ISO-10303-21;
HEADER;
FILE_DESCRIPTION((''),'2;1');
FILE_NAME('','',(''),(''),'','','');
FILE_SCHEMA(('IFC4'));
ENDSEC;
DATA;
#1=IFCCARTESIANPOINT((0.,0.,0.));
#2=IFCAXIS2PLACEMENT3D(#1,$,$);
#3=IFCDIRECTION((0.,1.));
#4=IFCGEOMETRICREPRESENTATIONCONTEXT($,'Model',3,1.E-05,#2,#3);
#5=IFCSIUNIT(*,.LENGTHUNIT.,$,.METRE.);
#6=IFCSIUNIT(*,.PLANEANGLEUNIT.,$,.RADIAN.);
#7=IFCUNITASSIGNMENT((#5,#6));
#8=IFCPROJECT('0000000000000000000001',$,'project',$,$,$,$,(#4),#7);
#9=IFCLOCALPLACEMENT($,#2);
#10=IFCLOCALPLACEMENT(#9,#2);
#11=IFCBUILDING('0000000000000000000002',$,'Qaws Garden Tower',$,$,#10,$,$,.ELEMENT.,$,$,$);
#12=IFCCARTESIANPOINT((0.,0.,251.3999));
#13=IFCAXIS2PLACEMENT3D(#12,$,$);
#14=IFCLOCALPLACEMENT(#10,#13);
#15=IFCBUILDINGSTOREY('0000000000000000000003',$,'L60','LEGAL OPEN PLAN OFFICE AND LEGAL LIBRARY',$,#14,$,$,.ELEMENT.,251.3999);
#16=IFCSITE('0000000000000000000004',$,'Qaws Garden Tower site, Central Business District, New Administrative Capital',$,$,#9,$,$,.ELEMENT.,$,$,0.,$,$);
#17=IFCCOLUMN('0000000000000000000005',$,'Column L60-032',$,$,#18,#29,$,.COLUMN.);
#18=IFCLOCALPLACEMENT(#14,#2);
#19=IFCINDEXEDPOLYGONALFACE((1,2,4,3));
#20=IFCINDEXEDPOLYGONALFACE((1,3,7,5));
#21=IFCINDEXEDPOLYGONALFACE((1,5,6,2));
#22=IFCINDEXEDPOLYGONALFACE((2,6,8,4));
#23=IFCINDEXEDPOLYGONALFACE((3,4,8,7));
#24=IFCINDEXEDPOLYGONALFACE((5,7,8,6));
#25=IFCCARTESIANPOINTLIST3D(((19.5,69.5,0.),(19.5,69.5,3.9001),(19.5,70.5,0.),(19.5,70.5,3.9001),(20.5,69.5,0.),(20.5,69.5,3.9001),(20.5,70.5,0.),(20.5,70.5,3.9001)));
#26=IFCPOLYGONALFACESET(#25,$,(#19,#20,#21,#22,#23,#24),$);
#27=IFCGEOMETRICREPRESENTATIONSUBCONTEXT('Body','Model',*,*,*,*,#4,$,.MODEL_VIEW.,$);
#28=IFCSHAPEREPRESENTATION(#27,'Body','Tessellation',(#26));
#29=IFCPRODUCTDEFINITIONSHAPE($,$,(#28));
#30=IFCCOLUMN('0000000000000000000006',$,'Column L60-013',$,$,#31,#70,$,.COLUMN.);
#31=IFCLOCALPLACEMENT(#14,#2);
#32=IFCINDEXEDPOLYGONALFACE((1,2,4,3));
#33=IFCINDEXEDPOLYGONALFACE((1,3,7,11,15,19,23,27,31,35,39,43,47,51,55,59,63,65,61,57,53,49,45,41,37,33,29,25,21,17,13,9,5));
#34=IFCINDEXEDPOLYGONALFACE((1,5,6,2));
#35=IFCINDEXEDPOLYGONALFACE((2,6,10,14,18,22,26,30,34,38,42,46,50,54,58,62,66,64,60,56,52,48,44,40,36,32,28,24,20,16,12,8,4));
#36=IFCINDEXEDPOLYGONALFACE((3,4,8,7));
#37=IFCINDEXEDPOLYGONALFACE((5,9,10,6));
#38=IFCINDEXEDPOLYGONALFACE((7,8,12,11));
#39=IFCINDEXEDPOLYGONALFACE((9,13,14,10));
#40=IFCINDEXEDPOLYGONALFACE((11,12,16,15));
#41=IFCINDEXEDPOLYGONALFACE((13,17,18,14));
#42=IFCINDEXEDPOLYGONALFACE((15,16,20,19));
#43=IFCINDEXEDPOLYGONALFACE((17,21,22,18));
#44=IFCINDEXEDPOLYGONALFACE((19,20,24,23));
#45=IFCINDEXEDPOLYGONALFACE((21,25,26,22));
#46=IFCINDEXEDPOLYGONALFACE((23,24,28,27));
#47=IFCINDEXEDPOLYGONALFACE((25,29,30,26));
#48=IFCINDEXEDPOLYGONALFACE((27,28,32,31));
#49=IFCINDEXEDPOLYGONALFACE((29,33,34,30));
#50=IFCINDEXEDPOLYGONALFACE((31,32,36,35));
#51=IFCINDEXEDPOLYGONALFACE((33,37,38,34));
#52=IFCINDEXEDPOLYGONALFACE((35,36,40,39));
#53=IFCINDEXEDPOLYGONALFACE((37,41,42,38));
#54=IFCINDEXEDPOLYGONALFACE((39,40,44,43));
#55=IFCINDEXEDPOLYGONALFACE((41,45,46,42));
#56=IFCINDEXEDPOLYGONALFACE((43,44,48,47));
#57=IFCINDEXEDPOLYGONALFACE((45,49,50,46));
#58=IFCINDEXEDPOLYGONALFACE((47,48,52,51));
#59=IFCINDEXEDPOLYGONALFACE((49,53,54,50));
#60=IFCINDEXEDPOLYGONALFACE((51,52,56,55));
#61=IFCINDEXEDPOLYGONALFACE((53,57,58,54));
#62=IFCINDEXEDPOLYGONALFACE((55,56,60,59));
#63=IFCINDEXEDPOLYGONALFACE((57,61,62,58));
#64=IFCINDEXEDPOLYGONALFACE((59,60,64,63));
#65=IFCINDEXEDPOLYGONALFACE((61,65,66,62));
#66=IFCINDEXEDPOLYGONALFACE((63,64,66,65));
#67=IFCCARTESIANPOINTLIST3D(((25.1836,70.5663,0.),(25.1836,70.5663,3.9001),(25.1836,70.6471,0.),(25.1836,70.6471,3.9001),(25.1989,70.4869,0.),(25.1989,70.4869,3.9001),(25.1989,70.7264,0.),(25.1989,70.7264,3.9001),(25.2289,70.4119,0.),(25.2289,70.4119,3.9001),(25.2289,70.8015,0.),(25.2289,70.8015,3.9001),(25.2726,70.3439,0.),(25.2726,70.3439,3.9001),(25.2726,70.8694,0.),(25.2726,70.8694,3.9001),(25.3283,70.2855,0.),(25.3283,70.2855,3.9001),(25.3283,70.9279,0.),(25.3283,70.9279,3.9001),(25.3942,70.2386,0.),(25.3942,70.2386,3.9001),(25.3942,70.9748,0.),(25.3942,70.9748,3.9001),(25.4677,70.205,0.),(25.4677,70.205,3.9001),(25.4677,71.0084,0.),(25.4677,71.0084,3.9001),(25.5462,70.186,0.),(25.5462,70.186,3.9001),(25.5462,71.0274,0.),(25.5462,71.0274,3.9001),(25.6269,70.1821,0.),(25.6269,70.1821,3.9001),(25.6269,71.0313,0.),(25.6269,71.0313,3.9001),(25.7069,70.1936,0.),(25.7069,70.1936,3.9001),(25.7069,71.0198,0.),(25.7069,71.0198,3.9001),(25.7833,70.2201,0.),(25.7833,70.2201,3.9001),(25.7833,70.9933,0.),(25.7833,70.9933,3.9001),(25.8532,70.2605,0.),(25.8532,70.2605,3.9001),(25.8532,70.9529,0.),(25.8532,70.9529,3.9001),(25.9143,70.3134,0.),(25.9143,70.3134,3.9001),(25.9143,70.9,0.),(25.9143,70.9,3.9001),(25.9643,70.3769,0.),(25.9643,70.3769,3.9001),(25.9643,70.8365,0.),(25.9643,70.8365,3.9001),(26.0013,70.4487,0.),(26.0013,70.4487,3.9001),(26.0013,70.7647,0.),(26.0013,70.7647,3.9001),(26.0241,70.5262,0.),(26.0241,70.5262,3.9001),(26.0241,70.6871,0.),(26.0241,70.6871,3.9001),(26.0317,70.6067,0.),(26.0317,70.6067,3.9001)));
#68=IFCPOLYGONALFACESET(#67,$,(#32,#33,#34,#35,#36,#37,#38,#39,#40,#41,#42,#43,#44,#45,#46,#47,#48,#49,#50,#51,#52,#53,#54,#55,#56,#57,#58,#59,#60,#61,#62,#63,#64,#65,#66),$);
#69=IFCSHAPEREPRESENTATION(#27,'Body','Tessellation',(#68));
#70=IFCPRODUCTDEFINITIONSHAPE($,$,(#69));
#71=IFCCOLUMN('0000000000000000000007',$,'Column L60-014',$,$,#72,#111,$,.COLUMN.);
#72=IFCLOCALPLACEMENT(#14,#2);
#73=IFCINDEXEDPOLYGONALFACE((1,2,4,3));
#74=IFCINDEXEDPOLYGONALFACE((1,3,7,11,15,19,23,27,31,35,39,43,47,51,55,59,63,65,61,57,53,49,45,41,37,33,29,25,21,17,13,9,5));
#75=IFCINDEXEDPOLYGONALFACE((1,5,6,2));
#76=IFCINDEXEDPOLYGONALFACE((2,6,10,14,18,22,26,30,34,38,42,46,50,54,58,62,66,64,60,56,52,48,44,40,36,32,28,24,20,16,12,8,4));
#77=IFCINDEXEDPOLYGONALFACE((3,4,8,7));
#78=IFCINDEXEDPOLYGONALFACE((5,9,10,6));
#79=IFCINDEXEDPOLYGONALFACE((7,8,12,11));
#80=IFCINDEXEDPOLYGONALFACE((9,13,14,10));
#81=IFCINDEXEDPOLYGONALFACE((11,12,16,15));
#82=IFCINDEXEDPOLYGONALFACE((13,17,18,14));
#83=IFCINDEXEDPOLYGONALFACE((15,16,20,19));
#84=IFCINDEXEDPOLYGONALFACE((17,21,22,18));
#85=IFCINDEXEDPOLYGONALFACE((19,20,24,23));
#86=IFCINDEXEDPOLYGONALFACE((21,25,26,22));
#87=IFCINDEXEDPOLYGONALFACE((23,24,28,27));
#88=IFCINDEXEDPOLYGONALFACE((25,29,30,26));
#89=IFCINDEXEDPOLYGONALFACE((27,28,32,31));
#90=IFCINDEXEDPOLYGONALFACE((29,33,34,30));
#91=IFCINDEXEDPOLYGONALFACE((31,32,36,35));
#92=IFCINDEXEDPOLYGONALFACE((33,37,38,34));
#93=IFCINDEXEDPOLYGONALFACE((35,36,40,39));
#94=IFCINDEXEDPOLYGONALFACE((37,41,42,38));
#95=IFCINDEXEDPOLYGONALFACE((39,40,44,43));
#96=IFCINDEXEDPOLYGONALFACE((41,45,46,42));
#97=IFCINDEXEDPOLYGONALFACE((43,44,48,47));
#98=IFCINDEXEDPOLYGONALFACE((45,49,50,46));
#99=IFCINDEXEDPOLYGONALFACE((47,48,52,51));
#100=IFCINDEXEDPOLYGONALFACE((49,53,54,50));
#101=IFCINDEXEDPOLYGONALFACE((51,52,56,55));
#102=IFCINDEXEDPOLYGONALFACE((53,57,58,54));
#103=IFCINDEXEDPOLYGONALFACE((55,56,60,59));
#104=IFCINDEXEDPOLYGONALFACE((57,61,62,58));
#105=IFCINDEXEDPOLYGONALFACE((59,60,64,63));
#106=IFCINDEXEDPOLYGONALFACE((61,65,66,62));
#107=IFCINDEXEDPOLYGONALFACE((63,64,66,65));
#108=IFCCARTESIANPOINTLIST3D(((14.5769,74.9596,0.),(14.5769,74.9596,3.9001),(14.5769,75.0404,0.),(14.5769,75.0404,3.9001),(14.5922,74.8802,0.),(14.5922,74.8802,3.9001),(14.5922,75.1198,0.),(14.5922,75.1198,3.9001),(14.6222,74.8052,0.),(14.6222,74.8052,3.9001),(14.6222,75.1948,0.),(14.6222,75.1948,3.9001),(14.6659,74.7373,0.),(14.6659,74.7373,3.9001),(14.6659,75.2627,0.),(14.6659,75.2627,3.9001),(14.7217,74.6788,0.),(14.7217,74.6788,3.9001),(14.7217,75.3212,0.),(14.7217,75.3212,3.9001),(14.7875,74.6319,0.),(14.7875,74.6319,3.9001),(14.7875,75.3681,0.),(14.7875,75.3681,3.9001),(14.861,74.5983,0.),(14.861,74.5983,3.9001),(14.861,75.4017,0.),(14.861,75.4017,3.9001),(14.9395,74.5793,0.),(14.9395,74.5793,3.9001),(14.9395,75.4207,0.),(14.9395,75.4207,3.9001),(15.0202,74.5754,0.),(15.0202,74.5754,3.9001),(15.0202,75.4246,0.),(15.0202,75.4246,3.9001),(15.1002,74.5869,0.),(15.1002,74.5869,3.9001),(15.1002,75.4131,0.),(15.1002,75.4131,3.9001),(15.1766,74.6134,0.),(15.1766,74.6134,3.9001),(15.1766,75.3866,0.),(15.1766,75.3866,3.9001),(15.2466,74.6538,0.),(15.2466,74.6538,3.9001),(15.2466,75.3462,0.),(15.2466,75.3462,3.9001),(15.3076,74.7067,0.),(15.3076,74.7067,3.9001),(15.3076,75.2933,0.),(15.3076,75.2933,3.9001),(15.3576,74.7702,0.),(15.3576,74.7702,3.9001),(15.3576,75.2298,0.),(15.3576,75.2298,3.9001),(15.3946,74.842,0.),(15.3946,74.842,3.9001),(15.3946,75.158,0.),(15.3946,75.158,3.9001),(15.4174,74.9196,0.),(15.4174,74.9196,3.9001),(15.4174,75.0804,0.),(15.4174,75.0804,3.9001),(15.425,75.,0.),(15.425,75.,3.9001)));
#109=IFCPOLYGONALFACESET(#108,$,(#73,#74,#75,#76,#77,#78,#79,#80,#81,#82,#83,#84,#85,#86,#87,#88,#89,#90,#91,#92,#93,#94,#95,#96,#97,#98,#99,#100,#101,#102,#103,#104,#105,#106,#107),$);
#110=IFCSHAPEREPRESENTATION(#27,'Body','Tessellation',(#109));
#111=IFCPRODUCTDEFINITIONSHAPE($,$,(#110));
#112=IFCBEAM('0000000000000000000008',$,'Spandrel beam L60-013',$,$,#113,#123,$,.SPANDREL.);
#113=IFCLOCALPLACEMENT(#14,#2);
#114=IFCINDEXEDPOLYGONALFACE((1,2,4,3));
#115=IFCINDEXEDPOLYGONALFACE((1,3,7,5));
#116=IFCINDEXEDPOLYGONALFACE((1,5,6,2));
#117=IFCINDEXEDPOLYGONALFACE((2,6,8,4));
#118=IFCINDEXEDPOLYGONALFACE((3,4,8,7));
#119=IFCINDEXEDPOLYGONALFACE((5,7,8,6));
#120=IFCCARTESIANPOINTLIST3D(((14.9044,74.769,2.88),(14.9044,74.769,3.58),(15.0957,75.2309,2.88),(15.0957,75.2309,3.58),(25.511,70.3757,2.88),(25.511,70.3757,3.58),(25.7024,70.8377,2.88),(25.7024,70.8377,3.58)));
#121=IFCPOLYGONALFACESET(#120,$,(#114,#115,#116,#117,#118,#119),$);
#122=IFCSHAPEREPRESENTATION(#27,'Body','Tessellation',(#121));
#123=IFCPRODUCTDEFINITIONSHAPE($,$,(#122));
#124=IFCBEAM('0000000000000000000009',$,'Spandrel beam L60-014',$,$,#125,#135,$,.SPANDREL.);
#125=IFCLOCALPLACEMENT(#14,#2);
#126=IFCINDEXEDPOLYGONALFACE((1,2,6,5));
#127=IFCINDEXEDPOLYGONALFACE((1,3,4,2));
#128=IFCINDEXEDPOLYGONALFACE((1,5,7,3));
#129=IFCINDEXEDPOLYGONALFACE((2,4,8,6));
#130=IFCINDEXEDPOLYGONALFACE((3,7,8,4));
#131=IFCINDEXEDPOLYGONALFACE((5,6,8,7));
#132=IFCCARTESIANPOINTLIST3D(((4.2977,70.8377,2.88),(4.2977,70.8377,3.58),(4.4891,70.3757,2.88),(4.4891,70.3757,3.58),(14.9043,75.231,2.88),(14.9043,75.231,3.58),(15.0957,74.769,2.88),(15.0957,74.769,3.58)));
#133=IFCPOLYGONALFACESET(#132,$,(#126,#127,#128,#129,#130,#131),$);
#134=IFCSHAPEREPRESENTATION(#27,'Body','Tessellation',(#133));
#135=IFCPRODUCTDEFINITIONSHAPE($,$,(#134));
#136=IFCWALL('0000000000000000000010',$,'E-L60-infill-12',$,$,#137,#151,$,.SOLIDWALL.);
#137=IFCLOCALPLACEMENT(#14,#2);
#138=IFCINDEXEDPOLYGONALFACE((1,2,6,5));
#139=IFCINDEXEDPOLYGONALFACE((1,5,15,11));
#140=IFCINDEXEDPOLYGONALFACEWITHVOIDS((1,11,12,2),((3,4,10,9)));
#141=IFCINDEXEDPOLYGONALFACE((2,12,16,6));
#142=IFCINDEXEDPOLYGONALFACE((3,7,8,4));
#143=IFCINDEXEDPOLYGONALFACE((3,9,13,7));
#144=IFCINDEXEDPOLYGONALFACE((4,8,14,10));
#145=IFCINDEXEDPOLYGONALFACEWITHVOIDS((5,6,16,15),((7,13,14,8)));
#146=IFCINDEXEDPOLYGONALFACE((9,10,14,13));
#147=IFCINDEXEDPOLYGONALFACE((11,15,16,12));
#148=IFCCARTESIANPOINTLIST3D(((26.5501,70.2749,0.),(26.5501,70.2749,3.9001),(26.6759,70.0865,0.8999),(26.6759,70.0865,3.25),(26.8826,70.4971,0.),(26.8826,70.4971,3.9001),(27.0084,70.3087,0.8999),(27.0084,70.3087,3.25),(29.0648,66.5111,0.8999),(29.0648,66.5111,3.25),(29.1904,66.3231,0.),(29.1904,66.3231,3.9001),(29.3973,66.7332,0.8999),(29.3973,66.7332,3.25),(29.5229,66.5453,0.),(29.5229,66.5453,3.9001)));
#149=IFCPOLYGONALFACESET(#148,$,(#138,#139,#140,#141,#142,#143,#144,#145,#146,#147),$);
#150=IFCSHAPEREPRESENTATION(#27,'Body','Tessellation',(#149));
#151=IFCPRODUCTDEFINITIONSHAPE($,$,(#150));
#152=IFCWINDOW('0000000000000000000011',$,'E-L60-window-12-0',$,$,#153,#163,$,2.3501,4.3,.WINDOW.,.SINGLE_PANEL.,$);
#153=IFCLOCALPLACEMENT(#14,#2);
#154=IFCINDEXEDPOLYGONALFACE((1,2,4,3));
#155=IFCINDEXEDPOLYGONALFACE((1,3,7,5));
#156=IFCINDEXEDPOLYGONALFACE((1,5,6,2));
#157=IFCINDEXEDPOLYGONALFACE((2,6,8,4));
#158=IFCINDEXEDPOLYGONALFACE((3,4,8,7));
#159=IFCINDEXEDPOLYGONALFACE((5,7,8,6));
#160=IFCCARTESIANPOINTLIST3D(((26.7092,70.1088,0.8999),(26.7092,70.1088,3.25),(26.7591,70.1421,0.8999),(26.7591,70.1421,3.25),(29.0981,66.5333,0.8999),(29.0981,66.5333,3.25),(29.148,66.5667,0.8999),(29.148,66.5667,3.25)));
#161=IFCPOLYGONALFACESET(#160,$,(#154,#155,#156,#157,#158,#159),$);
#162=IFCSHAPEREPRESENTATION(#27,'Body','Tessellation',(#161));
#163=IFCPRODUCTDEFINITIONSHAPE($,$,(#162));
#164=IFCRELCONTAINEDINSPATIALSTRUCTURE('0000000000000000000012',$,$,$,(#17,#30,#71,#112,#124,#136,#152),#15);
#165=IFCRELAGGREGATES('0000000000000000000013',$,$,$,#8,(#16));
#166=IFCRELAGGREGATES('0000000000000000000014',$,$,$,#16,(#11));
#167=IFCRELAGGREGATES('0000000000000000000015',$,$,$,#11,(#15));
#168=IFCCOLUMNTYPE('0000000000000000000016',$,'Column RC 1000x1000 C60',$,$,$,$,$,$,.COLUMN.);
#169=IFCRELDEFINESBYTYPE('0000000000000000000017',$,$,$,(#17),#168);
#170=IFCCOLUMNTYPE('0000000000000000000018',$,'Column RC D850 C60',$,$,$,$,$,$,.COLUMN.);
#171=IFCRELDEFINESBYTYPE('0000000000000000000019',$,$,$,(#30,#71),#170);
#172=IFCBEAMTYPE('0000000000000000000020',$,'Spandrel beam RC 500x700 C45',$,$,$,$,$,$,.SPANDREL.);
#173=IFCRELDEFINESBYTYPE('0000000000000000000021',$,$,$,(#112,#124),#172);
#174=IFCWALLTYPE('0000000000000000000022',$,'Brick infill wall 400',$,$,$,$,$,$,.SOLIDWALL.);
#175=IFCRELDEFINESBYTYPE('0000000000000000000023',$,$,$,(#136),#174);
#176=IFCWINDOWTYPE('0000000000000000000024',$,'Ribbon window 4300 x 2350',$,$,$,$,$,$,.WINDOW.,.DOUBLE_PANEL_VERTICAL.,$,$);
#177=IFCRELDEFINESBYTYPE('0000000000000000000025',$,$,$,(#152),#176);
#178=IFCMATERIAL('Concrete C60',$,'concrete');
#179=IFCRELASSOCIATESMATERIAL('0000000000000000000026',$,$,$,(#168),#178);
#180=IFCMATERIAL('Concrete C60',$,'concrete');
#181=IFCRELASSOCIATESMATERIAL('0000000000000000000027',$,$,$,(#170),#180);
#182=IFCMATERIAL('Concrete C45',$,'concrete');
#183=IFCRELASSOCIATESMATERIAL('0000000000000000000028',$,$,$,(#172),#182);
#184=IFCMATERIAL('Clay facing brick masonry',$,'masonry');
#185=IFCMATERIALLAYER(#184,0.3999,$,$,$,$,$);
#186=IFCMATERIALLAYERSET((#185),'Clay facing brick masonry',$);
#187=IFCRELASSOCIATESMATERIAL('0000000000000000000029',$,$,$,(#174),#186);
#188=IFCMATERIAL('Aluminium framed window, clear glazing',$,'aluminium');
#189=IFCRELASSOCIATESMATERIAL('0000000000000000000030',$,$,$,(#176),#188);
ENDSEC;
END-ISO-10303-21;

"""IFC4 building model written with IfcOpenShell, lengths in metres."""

from ifc_helpers import new_model, si_unit, direction, frame, frame_2d, origin, origin_2d, place, context, subcontext, project, spatial, rectangle, circle, extrude, material, layer, layer_set, material_profile, profile_set, type_object, element, fill, save


model = new_model("IFC4")

# Units and contexts
model_context = context("Model", 3, precision=1e-05, world=origin(), true_north=direction((0.0, 1.0)))
body_context = subcontext(model_context, "Body", "Model", "MODEL_VIEW")
ifc_project = project(units=[si_unit("LENGTHUNIT", "METRE"), si_unit("PLANEANGLEUNIT", "RADIAN")], contexts=[model_context])

# Site, building, storey
site_placement = place(None, origin())
site = spatial("IfcSite", under=ifc_project, at=site_placement, Name="Qaws Garden Tower site, Central Business District, New Administrative Capital", CompositionType="ELEMENT", RefElevation=0.0)
building_placement = place(site_placement, origin())
building = spatial("IfcBuilding", under=site, at=building_placement, Name="Qaws Garden Tower", CompositionType="ELEMENT")
storey_placement = place(building_placement, frame((0.0, 0.0, 251.3999)))
storey = spatial("IfcBuildingStorey", under=building, at=storey_placement, Name="L60", Description="LEGAL OPEN PLAN OFFICE AND LEGAL LIBRARY", CompositionType="ELEMENT", Elevation=251.3999)

# Columns
ifc_material_1 = material(Name="Concrete C60", Category="concrete")
ifc_material_profile_1 = material_profile(ifc_material_1, rectangle(XDim=1.0, YDim=1.0, at=origin_2d()), Name="RC 1000x1000")
ifc_profile_set_1 = profile_set([ifc_material_profile_1], Name="Concrete C60")
column_type_1 = type_object("IfcColumnType", Name="Column RC 1000x1000 C60", PredefinedType="COLUMN", material=ifc_profile_set_1)
column_placement = place(storey_placement, frame((20.0, 70.0, 0.0), z_axis=(0.0, 0.0, 1.0), x_axis=(1.0, 0.0, 0.0)))
element("IfcColumn", 1, at=column_placement, inside=storey, type_object=column_type_1, Name="Column L60-032", PredefinedType="COLUMN", context=body_context, shape_type="SweptSolid", body=[
    extrude(rectangle(XDim=1.0, YDim=1.0, at=origin_2d()), origin(), (0.0, 0.0, 1.0), 3.9001),
])
ifc_material_2 = material(Name="Concrete C60", Category="concrete")
ifc_material_profile_2 = material_profile(ifc_material_2, circle(Radius=0.425, at=origin_2d()), Name="RC D850")
ifc_profile_set_2 = profile_set([ifc_material_profile_2], Name="Concrete C60")
column_type_2 = type_object("IfcColumnType", Name="Column RC D850 C60", PredefinedType="COLUMN", material=ifc_profile_set_2)
for number, where, z_axis, x_axis, name in (
    (2, (25.6067, 70.6067, 0.0), (0.0, 0.0, 1.0), (1.0, 0.0, 0.0), "Column L60-013"),
    (3, (15.0, 75.0, 0.0), (0.0, 0.0, 1.0), (1.0, 0.0, 0.0), "Column L60-014"),
):
    element("IfcColumn", number, at=place(storey_placement, frame(where, z_axis=z_axis, x_axis=x_axis)), inside=storey, type_object=column_type_2, Name=name, PredefinedType="COLUMN", context=body_context, shape_type="SweptSolid", body=[
        extrude(circle(Radius=0.425, at=origin_2d()), origin(), (0.0, 0.0, 1.0), 3.9001),
    ])

# Beams
ifc_material_3 = material(Name="Concrete C45", Category="concrete")
ifc_material_profile_3 = material_profile(ifc_material_3, rectangle(XDim=0.5, YDim=0.7, at=origin_2d()), Name="RC 500x700")
ifc_profile_set_3 = profile_set([ifc_material_profile_3], Name="Concrete C45")
beam_type = type_object("IfcBeamType", Name="Spandrel beam RC 500x700 C45", PredefinedType="SPANDREL", material=ifc_profile_set_3)
for number, where, z_axis, x_axis, name in (
    (4, (25.6067, 70.6067, 3.23), (-0.923883, 0.382674, 0.0), (-0.382674, -0.923883, 0.0), "Spandrel beam L60-013"),
    (5, (15.0, 75.0, 3.23), (-0.923883, -0.382674, 0.0), (0.382674, -0.923883, 0.0), "Spandrel beam L60-014"),
):
    element("IfcBeam", number, at=place(storey_placement, frame(where, z_axis=z_axis, x_axis=x_axis)), inside=storey, type_object=beam_type, Name=name, PredefinedType="SPANDREL", context=body_context, shape_type="SweptSolid", body=[
        extrude(rectangle(XDim=0.5, YDim=0.7, at=origin_2d()), origin(), (0.0, 0.0, 1.0), 11.4805),
    ])

# Wall, opening, window
ifc_material_4 = material(Name="Clay facing brick masonry", Category="masonry")
ifc_layer_1 = layer(ifc_material_4, 0.3999)
ifc_layer_set_1 = layer_set([ifc_layer_1], Name="Clay facing brick masonry")
wall_type_1 = type_object("IfcWallType", Name="Brick infill wall 400", PredefinedType="SOLIDWALL", material=ifc_layer_set_1)
wall_1_placement = place(storey_placement, frame((29.3567, 66.4341, 0.0), z_axis=(0.0, 0.0, 1.0), x_axis=(-0.555542, 0.831489, 0.0)))
wall_1 = element("IfcWall", 6, at=wall_1_placement, inside=storey, type_object=wall_type_1, Name="E-L60-infill-12", PredefinedType="SOLIDWALL", context=body_context, shape_type="SweptSolid", body=[
    extrude(rectangle(XDim=4.7527, YDim=0.3999, at=frame_2d((2.3765, 0.0))), origin(), (0.0, 0.0, 1.0), 3.9001),
])
opening_1_placement = place(wall_1_placement, frame((0.2263, 0.0, 0.8999)))
opening_1 = element("IfcOpeningElement", 7, at=opening_1_placement, cuts=wall_1, PredefinedType="OPENING", context=body_context, shape_type="SweptSolid", body=[
    extrude(rectangle(XDim=4.3, YDim=2.3501, at=frame_2d((2.1499, 1.175))), frame((0.0, 0.21, 0.0), z_axis=(0.0, -1.0, 0.0), x_axis=(1.0, 0.0, 0.0)), (0.0, 0.0, 1.0), 0.4199),
])
ifc_material_5 = material(Name="Aluminium framed window, clear glazing", Category="aluminium")
window_type = type_object("IfcWindowType", Name="Ribbon window 4300 x 2350", PartitioningType="DOUBLE_PANEL_VERTICAL", PredefinedType="WINDOW", material=ifc_material_5)
window_1_placement = place(opening_1_placement, origin())
window_1 = element("IfcWindow", 8, at=window_1_placement, inside=storey, type_object=window_type, Name="E-L60-window-12-0", OverallHeight=2.3501, OverallWidth=4.3, PartitioningType="SINGLE_PANEL", PredefinedType="WINDOW", context=body_context, shape_type="SweptSolid", body=[
    extrude(rectangle(XDim=4.3, YDim=2.3501, at=frame_2d((2.1499, 1.175))), frame((0.0, 0.1599, 0.0), z_axis=(0.0, -1.0, 0.0), x_axis=(1.0, 0.0, 0.0)), (0.0, 0.0, 1.0), 0.0601),
])
fill(opening_1, window_1)

save(model, "model.ifc")
